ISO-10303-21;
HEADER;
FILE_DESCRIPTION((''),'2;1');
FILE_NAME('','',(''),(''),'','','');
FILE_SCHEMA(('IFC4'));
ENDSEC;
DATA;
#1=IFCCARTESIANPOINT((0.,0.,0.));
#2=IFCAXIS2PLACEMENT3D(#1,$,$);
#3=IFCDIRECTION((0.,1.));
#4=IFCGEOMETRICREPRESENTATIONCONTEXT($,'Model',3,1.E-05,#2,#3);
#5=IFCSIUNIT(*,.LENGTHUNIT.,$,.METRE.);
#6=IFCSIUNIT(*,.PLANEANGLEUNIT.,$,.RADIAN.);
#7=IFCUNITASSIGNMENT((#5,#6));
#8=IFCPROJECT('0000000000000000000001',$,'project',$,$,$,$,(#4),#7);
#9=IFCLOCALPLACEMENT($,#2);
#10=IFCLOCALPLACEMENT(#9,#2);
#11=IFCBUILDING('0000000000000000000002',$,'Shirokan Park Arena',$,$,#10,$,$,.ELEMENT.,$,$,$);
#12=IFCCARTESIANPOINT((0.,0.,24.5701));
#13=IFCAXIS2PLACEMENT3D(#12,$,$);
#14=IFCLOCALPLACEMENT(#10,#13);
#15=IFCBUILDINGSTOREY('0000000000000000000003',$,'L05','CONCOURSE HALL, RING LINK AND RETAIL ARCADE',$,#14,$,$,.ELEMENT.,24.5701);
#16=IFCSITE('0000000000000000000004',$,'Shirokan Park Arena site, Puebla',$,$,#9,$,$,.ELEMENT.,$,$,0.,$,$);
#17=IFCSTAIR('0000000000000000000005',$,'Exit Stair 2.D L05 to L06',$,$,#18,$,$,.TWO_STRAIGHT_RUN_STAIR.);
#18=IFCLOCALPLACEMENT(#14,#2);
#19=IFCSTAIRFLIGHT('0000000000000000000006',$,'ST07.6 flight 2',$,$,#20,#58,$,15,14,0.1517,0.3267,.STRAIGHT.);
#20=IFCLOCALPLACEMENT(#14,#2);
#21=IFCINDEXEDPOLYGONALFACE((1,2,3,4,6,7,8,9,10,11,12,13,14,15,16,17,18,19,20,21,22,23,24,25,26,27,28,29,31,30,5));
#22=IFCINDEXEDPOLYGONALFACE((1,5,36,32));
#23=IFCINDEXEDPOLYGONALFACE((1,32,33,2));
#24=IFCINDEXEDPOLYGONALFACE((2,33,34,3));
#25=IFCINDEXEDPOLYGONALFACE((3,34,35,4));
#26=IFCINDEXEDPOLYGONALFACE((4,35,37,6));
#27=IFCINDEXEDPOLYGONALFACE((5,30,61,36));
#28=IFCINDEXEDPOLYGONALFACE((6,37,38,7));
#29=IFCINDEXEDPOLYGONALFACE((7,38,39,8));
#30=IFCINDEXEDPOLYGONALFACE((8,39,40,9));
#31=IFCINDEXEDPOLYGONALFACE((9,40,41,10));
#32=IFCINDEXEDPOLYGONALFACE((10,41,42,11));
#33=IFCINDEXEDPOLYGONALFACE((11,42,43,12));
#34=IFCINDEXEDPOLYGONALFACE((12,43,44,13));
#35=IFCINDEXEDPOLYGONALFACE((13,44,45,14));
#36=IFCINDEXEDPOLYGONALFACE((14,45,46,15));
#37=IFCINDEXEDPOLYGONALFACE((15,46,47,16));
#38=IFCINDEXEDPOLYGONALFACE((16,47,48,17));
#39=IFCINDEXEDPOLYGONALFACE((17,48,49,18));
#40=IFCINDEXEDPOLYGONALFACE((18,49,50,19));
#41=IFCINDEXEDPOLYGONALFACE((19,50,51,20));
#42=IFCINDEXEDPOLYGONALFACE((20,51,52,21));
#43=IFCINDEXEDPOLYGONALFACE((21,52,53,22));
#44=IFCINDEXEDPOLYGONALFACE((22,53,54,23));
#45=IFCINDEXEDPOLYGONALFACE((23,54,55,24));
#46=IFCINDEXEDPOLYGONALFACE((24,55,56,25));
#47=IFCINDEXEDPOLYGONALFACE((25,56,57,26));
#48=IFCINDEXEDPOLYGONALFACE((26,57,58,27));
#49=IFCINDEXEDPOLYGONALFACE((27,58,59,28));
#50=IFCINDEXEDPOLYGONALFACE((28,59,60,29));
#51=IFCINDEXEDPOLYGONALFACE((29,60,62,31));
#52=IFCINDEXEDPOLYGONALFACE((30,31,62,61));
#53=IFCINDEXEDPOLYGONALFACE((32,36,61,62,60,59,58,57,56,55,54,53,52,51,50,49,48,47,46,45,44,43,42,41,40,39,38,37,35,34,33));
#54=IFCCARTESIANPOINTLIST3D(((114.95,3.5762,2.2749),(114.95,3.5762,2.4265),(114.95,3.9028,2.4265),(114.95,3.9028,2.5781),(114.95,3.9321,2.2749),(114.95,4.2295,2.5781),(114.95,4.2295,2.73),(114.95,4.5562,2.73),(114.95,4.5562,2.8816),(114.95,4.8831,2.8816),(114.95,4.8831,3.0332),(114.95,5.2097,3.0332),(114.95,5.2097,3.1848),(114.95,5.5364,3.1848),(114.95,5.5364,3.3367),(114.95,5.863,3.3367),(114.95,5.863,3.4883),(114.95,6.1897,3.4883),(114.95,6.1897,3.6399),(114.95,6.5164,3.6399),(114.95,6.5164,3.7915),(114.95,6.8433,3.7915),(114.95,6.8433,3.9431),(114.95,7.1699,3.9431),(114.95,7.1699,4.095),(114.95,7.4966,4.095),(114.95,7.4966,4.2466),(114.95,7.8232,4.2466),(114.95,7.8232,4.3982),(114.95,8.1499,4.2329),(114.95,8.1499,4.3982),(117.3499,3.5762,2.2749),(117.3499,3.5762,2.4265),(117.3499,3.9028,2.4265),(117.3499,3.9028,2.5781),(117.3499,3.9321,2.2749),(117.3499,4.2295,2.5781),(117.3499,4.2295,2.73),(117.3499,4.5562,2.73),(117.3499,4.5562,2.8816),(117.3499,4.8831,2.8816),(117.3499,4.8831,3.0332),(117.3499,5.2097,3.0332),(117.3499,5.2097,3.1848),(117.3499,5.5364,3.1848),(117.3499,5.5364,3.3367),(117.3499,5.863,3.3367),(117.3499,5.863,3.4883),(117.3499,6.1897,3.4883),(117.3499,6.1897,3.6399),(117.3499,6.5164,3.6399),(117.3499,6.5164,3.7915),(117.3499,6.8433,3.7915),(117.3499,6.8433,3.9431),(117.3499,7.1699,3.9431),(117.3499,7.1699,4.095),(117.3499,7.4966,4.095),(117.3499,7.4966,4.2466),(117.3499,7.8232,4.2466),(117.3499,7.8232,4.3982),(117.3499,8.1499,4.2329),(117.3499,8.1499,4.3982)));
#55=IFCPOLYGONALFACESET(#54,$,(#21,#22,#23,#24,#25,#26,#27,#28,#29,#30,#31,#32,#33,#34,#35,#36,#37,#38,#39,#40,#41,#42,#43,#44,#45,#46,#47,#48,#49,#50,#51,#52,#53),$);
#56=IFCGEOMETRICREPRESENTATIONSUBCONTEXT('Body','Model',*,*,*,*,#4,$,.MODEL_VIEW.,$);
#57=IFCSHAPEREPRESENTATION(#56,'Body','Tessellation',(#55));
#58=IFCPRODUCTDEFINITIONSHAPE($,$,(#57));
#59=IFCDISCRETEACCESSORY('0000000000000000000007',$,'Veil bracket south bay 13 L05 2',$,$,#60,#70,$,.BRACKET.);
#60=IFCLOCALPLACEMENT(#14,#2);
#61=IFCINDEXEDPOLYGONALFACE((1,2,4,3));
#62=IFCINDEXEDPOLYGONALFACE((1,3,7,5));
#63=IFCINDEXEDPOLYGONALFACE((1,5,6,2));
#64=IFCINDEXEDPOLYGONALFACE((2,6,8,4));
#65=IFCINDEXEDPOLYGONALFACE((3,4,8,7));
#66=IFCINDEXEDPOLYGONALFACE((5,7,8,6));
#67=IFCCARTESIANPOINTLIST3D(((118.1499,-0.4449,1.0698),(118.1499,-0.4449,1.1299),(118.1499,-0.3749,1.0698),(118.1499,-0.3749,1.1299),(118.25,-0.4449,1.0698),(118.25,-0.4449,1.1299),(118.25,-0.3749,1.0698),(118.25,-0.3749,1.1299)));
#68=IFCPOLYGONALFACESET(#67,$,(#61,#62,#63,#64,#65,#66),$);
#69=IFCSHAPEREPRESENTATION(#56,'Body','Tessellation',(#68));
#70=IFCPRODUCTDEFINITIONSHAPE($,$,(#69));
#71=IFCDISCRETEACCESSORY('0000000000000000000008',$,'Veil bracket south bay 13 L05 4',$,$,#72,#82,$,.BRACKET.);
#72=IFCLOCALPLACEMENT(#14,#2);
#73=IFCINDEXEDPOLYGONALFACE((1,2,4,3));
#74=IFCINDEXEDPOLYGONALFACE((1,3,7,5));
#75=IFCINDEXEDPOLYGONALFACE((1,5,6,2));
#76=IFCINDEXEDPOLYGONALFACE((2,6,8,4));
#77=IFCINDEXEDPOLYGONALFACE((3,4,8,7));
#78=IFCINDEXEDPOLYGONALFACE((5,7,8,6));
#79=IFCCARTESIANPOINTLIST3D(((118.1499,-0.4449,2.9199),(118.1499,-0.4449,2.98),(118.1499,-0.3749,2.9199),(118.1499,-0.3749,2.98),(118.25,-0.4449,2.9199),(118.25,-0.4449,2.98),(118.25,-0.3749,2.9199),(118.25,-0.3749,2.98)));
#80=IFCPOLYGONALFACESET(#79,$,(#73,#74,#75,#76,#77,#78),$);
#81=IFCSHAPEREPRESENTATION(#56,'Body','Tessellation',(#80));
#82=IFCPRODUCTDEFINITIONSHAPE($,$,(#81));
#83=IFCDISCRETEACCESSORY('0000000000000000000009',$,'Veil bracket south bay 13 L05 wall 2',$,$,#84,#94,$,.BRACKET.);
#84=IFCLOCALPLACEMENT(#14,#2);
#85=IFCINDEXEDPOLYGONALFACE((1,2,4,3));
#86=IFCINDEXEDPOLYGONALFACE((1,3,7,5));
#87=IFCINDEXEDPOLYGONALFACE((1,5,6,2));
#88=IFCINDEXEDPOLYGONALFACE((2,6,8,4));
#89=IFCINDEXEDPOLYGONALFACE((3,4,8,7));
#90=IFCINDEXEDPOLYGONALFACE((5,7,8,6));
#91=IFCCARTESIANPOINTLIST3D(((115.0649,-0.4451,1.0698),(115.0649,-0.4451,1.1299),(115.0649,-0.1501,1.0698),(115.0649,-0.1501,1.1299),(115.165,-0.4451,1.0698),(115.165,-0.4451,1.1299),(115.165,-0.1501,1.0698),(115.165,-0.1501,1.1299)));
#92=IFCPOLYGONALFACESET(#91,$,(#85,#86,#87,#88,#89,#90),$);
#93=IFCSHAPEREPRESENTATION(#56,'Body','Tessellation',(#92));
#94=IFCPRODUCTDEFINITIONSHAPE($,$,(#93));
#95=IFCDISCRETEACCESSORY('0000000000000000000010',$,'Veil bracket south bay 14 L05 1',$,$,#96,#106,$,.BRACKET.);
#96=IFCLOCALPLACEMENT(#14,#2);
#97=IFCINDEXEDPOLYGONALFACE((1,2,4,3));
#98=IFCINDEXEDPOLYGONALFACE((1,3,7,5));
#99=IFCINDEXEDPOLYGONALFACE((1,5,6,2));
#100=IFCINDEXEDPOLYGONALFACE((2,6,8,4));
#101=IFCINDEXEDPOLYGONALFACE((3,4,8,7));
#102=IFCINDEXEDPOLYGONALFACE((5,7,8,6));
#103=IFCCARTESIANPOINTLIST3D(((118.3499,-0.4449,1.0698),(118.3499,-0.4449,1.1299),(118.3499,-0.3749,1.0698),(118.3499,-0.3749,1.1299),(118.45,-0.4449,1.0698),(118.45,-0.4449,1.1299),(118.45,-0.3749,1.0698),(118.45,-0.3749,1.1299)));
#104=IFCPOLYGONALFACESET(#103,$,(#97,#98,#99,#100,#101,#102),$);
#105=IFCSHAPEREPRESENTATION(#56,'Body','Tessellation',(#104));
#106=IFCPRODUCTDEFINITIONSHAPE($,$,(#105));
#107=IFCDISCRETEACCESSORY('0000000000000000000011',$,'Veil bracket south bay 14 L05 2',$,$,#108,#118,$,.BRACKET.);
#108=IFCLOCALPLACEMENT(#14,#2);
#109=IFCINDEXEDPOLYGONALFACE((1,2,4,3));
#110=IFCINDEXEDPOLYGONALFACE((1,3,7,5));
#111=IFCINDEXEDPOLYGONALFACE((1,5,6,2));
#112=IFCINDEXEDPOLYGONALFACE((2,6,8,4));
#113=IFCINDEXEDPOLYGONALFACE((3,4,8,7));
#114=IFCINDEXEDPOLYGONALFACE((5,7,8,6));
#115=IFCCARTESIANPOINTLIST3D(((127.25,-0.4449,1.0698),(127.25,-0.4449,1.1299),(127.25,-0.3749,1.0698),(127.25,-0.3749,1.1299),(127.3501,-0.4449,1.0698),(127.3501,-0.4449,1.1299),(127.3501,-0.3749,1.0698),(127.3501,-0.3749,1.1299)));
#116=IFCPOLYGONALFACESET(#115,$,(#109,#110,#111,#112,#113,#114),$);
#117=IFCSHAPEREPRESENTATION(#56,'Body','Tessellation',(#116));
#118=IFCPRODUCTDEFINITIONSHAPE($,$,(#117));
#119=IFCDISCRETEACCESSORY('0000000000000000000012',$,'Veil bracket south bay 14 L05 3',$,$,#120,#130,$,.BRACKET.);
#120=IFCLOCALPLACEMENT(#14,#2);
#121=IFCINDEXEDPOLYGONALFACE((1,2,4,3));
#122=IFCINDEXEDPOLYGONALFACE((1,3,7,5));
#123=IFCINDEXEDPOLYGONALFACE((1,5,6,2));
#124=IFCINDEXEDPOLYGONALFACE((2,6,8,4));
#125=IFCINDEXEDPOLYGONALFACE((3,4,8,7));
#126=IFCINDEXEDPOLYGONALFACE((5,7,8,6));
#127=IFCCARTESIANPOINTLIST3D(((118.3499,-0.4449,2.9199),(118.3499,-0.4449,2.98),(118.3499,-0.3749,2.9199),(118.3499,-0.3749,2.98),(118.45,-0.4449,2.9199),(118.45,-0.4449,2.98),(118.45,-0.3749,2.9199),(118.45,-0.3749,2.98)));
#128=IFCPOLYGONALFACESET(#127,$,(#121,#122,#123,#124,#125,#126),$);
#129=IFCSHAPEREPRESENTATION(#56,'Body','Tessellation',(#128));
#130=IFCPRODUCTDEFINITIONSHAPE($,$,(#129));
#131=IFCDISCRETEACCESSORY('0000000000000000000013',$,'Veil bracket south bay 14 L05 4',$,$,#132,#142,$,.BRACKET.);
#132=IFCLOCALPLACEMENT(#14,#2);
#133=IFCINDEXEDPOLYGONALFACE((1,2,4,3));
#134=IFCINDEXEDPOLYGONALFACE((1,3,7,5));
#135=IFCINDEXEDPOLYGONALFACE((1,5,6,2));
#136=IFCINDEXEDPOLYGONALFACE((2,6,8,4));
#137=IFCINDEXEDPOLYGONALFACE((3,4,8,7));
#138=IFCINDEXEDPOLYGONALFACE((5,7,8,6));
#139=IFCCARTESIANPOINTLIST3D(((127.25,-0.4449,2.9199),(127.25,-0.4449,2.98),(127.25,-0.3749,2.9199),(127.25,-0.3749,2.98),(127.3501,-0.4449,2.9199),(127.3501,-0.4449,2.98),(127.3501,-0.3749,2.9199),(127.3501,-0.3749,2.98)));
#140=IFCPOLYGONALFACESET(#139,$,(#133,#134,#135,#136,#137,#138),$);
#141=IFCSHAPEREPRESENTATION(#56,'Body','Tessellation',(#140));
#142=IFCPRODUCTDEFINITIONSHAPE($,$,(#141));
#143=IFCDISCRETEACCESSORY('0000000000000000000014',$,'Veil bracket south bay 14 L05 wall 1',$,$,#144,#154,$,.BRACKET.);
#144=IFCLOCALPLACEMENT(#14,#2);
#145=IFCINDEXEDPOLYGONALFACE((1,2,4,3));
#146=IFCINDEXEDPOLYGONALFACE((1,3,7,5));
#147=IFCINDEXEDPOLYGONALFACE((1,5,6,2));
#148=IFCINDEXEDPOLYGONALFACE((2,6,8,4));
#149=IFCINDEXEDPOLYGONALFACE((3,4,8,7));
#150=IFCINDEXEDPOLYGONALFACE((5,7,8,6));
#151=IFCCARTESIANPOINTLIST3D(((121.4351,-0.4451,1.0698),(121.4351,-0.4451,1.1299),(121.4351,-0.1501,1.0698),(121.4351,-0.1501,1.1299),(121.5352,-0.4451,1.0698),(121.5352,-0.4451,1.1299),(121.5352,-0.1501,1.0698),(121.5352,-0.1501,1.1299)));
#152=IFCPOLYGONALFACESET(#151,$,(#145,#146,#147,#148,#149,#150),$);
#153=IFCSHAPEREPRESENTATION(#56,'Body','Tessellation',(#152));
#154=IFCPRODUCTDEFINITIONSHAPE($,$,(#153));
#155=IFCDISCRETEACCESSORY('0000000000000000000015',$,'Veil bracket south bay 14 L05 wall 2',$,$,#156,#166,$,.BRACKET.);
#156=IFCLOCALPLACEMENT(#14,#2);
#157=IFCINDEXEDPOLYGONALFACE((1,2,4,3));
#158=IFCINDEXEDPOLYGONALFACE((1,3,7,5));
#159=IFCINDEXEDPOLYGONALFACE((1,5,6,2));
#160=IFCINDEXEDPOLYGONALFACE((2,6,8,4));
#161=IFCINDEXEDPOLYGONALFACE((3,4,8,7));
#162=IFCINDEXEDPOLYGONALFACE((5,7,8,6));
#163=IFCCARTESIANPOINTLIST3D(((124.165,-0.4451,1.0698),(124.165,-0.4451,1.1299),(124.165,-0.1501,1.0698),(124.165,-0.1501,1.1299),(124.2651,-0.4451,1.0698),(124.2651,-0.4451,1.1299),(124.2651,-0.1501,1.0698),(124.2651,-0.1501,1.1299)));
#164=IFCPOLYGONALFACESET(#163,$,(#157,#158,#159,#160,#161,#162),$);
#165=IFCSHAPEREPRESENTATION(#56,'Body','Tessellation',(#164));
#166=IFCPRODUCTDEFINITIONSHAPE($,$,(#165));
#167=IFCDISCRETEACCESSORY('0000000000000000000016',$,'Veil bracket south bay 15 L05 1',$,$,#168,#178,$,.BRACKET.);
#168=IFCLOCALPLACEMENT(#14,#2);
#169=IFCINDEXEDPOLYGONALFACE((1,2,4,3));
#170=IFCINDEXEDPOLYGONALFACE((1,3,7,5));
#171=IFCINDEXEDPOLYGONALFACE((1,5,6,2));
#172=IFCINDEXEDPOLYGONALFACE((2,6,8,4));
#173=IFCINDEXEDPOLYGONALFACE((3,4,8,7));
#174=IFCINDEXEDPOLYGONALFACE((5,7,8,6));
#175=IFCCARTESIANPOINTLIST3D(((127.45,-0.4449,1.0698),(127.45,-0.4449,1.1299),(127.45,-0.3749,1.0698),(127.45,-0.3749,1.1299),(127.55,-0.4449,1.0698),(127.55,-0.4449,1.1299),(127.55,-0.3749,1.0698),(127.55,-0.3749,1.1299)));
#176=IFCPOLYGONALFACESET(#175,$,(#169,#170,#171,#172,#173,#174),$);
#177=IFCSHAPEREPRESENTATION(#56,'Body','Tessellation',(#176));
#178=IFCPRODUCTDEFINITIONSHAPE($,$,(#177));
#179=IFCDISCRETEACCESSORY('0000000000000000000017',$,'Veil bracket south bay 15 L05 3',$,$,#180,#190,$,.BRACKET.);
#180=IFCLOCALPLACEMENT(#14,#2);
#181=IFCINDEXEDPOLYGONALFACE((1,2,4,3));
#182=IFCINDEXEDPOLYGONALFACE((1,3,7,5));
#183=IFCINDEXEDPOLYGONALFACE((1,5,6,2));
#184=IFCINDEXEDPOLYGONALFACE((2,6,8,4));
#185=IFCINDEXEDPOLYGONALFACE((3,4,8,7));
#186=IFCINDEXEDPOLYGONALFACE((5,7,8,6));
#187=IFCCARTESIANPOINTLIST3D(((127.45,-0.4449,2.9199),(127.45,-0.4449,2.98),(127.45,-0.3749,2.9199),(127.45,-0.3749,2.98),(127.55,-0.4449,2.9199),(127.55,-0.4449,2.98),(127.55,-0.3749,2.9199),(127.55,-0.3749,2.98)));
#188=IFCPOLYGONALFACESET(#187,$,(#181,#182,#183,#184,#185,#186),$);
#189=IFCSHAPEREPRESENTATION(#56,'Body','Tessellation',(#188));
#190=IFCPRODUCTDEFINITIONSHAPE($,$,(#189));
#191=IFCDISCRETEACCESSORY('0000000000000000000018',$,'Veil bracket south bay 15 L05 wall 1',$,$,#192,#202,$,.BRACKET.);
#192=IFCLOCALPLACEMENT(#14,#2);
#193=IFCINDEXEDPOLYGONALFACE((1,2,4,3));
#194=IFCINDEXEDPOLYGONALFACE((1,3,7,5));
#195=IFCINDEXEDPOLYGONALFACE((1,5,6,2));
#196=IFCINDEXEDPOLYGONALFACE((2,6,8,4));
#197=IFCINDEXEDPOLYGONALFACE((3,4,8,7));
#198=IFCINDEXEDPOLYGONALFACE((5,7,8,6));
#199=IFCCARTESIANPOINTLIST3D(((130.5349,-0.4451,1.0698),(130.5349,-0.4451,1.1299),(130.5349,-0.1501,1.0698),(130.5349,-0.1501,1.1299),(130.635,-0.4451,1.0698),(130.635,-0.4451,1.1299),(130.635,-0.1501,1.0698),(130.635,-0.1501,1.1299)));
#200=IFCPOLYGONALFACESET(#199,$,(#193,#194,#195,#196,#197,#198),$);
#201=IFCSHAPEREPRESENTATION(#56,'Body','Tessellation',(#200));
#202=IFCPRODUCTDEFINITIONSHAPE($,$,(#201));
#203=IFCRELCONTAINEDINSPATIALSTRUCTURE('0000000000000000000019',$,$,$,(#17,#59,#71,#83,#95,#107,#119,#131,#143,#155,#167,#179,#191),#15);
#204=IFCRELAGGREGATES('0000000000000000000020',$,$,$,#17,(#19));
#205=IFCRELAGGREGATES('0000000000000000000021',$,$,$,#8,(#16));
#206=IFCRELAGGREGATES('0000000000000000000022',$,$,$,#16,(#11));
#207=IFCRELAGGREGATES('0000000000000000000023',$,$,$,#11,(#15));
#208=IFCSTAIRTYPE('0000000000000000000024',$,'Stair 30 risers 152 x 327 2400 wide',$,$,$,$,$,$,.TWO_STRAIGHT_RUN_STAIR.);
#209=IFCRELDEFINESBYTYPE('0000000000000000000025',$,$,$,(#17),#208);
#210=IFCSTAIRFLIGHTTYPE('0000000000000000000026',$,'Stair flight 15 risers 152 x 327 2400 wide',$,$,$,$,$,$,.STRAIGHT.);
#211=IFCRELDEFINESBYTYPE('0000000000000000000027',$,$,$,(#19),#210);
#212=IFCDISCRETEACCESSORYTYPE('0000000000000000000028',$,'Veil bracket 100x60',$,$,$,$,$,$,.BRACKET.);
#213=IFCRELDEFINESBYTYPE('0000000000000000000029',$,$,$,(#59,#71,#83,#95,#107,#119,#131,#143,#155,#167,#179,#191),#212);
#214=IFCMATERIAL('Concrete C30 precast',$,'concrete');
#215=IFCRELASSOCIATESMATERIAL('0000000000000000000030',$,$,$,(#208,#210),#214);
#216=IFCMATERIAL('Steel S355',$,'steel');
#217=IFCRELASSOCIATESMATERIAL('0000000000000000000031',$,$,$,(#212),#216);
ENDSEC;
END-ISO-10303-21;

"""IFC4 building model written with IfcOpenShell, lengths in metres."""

from ifc_helpers import new_model, si_unit, direction, frame, origin, origin_2d, place, context, subcontext, project, spatial, polyline, rectangle, outline, extrude, material, type_object, element, aggregate, save


model = new_model("IFC4")

# Units and contexts
model_context = context("Model", 3, precision=1e-05, world=origin(), true_north=direction((0.0, 1.0)))
body_context = subcontext(model_context, "Body", "Model", "MODEL_VIEW")
ifc_project = project(units=[si_unit("LENGTHUNIT", "METRE"), si_unit("PLANEANGLEUNIT", "RADIAN")], contexts=[model_context])

# Site, building, storey
site_placement = place(None, origin())
site = spatial("IfcSite", under=ifc_project, at=site_placement, Name="Shirokan Park Arena site, Puebla", CompositionType="ELEMENT", RefElevation=0.0)
building_placement = place(site_placement, origin())
building = spatial("IfcBuilding", under=site, at=building_placement, Name="Shirokan Park Arena", CompositionType="ELEMENT")
storey_placement = place(building_placement, frame((0.0, 0.0, 24.5701)))
storey = spatial("IfcBuildingStorey", under=building, at=storey_placement, Name="L05", Description="CONCOURSE HALL, RING LINK AND RETAIL ARCADE", CompositionType="ELEMENT", Elevation=24.5701)

# Shared definitions
ifc_material_1 = material(Name="Concrete C30 precast", Category="concrete")
stair_type = type_object("IfcStairType", Name="Stair 30 risers 152 x 327 2400 wide", PredefinedType="TWO_STRAIGHT_RUN_STAIR", material=ifc_material_1)
stair_flight_type = type_object("IfcStairFlightType", Name="Stair flight 15 risers 152 x 327 2400 wide", PredefinedType="STRAIGHT", material=ifc_material_1)

# Stair, stair flight
stair_1_placement = place(storey_placement, origin())
stair_1 = element("IfcStair", 1, at=stair_1_placement, inside=storey, type_object=stair_type, Name="Exit Stair 2.D L05 to L06", PredefinedType="TWO_STRAIGHT_RUN_STAIR")
stair_flight_1_placement = place(storey_placement, frame((116.1499, 3.5762, 2.2749), z_axis=(0.0, 0.0, 1.0), x_axis=(0.0, 1.0, 0.0)))
stair_flight_1 = element("IfcStairFlight", 2, at=stair_flight_1_placement, type_object=stair_flight_type, Name="ST07.6 flight 2", NumberOfRisers=15, NumberOfTreads=14, PredefinedType="STRAIGHT", RiserHeight=0.1517, TreadLength=0.3267, context=body_context, shape_type="SweptSolid", body=[
    extrude(outline(polyline([(0.0, 0.0), (0.0, 0.1516), (0.3267, 0.1516), (0.3267, 0.3032), (0.6533, 0.3032), (0.6533, 0.4551), (0.98, 0.4551), (0.98, 0.6067), (1.3069, 0.6067), (1.3069, 0.7583), (1.6335, 0.7583), (1.6335, 0.9099), (1.9602, 0.9099), (1.9602, 1.0618), (2.2869, 1.0618), (2.2869, 1.2134), (2.6135, 1.2134), (2.6135, 1.365), (2.9402, 1.365), (2.9402, 1.5166), (3.2671, 1.5166), (3.2671, 1.6682), (3.5938, 1.6682), (3.5938, 1.8201), (3.9204, 1.8201), (3.9204, 1.9717), (4.2471, 1.9717), (4.2471, 2.1233), (4.5737, 2.1233), (4.5737, 2.2749), (4.5737, 1.958), (0.356, 0.0), (0.0, 0.0)])), frame((0.0, 1.2, 0.0), z_axis=(0.0, -1.0, 0.0), x_axis=(1.0, 0.0, 0.0)), (0.0, 0.0, 1.0), 2.3999),
])
aggregate(stair_1, [stair_flight_1])

# Discrete accessories
ifc_material_2 = material(Name="Steel S355", Category="steel")
discrete_accessory_type = type_object("IfcDiscreteAccessoryType", Name="Veil bracket 100x60", PredefinedType="BRACKET", material=ifc_material_2)
for number, where, z_axis, x_axis, name in (
    (3, (118.2, -0.4099, 1.0698), (0.0, 0.0, 1.0), (1.0, 0.0, 0.0), "Veil bracket south bay 13 L05 2"),
    (4, (118.2, -0.4099, 2.9199), (0.0, 0.0, 1.0), (1.0, 0.0, 0.0), "Veil bracket south bay 13 L05 4"),
):
    element("IfcDiscreteAccessory", number, at=place(storey_placement, frame(where, z_axis=z_axis, x_axis=x_axis)), inside=storey, type_object=discrete_accessory_type, Name=name, PredefinedType="BRACKET", context=body_context, shape_type="SweptSolid", body=[
        extrude(rectangle(XDim=0.1001, YDim=0.0701, at=origin_2d()), origin(), (0.0, 0.0, 1.0), 0.0601),
    ])
discrete_accessory_1_placement = place(storey_placement, frame((115.115, -0.2976, 1.0698), z_axis=(0.0, 0.0, 1.0), x_axis=(1.0, 0.0, 0.0)))
element("IfcDiscreteAccessory", 5, at=discrete_accessory_1_placement, inside=storey, type_object=discrete_accessory_type, Name="Veil bracket south bay 13 L05 wall 2", PredefinedType="BRACKET", context=body_context, shape_type="SweptSolid", body=[
    extrude(rectangle(XDim=0.1001, YDim=0.2949, at=origin_2d()), origin(), (0.0, 0.0, 1.0), 0.0601),
])
for number, where, z_axis, x_axis, name in (
    (6, (118.3999, -0.4099, 1.0698), (0.0, 0.0, 1.0), (1.0, 0.0, 0.0), "Veil bracket south bay 14 L05 1"),
    (7, (127.3, -0.4099, 1.0698), (0.0, 0.0, 1.0), (1.0, 0.0, 0.0), "Veil bracket south bay 14 L05 2"),
    (8, (118.3999, -0.4099, 2.9199), (0.0, 0.0, 1.0), (1.0, 0.0, 0.0), "Veil bracket south bay 14 L05 3"),
    (9, (127.3, -0.4099, 2.9199), (0.0, 0.0, 1.0), (1.0, 0.0, 0.0), "Veil bracket south bay 14 L05 4"),
):
    element("IfcDiscreteAccessory", number, at=place(storey_placement, frame(where, z_axis=z_axis, x_axis=x_axis)), inside=storey, type_object=discrete_accessory_type, Name=name, PredefinedType="BRACKET", context=body_context, shape_type="SweptSolid", body=[
        extrude(rectangle(XDim=0.1001, YDim=0.0701, at=origin_2d()), origin(), (0.0, 0.0, 1.0), 0.0601),
    ])
for number, where, z_axis, x_axis, name in (
    (10, (121.4851, -0.2976, 1.0698), (0.0, 0.0, 1.0), (1.0, 0.0, 0.0), "Veil bracket south bay 14 L05 wall 1"),
    (11, (124.2151, -0.2976, 1.0698), (0.0, 0.0, 1.0), (1.0, 0.0, 0.0), "Veil bracket south bay 14 L05 wall 2"),
):
    element("IfcDiscreteAccessory", number, at=place(storey_placement, frame(where, z_axis=z_axis, x_axis=x_axis)), inside=storey, type_object=discrete_accessory_type, Name=name, PredefinedType="BRACKET", context=body_context, shape_type="SweptSolid", body=[
        extrude(rectangle(XDim=0.1001, YDim=0.2949, at=origin_2d()), origin(), (0.0, 0.0, 1.0), 0.0601),
    ])
for number, where, z_axis, x_axis, name in (
    (12, (127.5, -0.4099, 1.0698), (0.0, 0.0, 1.0), (1.0, 0.0, 0.0), "Veil bracket south bay 15 L05 1"),
    (13, (127.5, -0.4099, 2.9199), (0.0, 0.0, 1.0), (1.0, 0.0, 0.0), "Veil bracket south bay 15 L05 3"),
):
    element("IfcDiscreteAccessory", number, at=place(storey_placement, frame(where, z_axis=z_axis, x_axis=x_axis)), inside=storey, type_object=discrete_accessory_type, Name=name, PredefinedType="BRACKET", context=body_context, shape_type="SweptSolid", body=[
        extrude(rectangle(XDim=0.1001, YDim=0.0701, at=origin_2d()), origin(), (0.0, 0.0, 1.0), 0.0601),
    ])
discrete_accessory_2_placement = place(storey_placement, frame((130.585, -0.2976, 1.0698), z_axis=(0.0, 0.0, 1.0), x_axis=(1.0, 0.0, 0.0)))
element("IfcDiscreteAccessory", 14, at=discrete_accessory_2_placement, inside=storey, type_object=discrete_accessory_type, Name="Veil bracket south bay 15 L05 wall 1", PredefinedType="BRACKET", context=body_context, shape_type="SweptSolid", body=[
    extrude(rectangle(XDim=0.1001, YDim=0.2949, at=origin_2d()), origin(), (0.0, 0.0, 1.0), 0.0601),
])

save(model, "model.ifc")
